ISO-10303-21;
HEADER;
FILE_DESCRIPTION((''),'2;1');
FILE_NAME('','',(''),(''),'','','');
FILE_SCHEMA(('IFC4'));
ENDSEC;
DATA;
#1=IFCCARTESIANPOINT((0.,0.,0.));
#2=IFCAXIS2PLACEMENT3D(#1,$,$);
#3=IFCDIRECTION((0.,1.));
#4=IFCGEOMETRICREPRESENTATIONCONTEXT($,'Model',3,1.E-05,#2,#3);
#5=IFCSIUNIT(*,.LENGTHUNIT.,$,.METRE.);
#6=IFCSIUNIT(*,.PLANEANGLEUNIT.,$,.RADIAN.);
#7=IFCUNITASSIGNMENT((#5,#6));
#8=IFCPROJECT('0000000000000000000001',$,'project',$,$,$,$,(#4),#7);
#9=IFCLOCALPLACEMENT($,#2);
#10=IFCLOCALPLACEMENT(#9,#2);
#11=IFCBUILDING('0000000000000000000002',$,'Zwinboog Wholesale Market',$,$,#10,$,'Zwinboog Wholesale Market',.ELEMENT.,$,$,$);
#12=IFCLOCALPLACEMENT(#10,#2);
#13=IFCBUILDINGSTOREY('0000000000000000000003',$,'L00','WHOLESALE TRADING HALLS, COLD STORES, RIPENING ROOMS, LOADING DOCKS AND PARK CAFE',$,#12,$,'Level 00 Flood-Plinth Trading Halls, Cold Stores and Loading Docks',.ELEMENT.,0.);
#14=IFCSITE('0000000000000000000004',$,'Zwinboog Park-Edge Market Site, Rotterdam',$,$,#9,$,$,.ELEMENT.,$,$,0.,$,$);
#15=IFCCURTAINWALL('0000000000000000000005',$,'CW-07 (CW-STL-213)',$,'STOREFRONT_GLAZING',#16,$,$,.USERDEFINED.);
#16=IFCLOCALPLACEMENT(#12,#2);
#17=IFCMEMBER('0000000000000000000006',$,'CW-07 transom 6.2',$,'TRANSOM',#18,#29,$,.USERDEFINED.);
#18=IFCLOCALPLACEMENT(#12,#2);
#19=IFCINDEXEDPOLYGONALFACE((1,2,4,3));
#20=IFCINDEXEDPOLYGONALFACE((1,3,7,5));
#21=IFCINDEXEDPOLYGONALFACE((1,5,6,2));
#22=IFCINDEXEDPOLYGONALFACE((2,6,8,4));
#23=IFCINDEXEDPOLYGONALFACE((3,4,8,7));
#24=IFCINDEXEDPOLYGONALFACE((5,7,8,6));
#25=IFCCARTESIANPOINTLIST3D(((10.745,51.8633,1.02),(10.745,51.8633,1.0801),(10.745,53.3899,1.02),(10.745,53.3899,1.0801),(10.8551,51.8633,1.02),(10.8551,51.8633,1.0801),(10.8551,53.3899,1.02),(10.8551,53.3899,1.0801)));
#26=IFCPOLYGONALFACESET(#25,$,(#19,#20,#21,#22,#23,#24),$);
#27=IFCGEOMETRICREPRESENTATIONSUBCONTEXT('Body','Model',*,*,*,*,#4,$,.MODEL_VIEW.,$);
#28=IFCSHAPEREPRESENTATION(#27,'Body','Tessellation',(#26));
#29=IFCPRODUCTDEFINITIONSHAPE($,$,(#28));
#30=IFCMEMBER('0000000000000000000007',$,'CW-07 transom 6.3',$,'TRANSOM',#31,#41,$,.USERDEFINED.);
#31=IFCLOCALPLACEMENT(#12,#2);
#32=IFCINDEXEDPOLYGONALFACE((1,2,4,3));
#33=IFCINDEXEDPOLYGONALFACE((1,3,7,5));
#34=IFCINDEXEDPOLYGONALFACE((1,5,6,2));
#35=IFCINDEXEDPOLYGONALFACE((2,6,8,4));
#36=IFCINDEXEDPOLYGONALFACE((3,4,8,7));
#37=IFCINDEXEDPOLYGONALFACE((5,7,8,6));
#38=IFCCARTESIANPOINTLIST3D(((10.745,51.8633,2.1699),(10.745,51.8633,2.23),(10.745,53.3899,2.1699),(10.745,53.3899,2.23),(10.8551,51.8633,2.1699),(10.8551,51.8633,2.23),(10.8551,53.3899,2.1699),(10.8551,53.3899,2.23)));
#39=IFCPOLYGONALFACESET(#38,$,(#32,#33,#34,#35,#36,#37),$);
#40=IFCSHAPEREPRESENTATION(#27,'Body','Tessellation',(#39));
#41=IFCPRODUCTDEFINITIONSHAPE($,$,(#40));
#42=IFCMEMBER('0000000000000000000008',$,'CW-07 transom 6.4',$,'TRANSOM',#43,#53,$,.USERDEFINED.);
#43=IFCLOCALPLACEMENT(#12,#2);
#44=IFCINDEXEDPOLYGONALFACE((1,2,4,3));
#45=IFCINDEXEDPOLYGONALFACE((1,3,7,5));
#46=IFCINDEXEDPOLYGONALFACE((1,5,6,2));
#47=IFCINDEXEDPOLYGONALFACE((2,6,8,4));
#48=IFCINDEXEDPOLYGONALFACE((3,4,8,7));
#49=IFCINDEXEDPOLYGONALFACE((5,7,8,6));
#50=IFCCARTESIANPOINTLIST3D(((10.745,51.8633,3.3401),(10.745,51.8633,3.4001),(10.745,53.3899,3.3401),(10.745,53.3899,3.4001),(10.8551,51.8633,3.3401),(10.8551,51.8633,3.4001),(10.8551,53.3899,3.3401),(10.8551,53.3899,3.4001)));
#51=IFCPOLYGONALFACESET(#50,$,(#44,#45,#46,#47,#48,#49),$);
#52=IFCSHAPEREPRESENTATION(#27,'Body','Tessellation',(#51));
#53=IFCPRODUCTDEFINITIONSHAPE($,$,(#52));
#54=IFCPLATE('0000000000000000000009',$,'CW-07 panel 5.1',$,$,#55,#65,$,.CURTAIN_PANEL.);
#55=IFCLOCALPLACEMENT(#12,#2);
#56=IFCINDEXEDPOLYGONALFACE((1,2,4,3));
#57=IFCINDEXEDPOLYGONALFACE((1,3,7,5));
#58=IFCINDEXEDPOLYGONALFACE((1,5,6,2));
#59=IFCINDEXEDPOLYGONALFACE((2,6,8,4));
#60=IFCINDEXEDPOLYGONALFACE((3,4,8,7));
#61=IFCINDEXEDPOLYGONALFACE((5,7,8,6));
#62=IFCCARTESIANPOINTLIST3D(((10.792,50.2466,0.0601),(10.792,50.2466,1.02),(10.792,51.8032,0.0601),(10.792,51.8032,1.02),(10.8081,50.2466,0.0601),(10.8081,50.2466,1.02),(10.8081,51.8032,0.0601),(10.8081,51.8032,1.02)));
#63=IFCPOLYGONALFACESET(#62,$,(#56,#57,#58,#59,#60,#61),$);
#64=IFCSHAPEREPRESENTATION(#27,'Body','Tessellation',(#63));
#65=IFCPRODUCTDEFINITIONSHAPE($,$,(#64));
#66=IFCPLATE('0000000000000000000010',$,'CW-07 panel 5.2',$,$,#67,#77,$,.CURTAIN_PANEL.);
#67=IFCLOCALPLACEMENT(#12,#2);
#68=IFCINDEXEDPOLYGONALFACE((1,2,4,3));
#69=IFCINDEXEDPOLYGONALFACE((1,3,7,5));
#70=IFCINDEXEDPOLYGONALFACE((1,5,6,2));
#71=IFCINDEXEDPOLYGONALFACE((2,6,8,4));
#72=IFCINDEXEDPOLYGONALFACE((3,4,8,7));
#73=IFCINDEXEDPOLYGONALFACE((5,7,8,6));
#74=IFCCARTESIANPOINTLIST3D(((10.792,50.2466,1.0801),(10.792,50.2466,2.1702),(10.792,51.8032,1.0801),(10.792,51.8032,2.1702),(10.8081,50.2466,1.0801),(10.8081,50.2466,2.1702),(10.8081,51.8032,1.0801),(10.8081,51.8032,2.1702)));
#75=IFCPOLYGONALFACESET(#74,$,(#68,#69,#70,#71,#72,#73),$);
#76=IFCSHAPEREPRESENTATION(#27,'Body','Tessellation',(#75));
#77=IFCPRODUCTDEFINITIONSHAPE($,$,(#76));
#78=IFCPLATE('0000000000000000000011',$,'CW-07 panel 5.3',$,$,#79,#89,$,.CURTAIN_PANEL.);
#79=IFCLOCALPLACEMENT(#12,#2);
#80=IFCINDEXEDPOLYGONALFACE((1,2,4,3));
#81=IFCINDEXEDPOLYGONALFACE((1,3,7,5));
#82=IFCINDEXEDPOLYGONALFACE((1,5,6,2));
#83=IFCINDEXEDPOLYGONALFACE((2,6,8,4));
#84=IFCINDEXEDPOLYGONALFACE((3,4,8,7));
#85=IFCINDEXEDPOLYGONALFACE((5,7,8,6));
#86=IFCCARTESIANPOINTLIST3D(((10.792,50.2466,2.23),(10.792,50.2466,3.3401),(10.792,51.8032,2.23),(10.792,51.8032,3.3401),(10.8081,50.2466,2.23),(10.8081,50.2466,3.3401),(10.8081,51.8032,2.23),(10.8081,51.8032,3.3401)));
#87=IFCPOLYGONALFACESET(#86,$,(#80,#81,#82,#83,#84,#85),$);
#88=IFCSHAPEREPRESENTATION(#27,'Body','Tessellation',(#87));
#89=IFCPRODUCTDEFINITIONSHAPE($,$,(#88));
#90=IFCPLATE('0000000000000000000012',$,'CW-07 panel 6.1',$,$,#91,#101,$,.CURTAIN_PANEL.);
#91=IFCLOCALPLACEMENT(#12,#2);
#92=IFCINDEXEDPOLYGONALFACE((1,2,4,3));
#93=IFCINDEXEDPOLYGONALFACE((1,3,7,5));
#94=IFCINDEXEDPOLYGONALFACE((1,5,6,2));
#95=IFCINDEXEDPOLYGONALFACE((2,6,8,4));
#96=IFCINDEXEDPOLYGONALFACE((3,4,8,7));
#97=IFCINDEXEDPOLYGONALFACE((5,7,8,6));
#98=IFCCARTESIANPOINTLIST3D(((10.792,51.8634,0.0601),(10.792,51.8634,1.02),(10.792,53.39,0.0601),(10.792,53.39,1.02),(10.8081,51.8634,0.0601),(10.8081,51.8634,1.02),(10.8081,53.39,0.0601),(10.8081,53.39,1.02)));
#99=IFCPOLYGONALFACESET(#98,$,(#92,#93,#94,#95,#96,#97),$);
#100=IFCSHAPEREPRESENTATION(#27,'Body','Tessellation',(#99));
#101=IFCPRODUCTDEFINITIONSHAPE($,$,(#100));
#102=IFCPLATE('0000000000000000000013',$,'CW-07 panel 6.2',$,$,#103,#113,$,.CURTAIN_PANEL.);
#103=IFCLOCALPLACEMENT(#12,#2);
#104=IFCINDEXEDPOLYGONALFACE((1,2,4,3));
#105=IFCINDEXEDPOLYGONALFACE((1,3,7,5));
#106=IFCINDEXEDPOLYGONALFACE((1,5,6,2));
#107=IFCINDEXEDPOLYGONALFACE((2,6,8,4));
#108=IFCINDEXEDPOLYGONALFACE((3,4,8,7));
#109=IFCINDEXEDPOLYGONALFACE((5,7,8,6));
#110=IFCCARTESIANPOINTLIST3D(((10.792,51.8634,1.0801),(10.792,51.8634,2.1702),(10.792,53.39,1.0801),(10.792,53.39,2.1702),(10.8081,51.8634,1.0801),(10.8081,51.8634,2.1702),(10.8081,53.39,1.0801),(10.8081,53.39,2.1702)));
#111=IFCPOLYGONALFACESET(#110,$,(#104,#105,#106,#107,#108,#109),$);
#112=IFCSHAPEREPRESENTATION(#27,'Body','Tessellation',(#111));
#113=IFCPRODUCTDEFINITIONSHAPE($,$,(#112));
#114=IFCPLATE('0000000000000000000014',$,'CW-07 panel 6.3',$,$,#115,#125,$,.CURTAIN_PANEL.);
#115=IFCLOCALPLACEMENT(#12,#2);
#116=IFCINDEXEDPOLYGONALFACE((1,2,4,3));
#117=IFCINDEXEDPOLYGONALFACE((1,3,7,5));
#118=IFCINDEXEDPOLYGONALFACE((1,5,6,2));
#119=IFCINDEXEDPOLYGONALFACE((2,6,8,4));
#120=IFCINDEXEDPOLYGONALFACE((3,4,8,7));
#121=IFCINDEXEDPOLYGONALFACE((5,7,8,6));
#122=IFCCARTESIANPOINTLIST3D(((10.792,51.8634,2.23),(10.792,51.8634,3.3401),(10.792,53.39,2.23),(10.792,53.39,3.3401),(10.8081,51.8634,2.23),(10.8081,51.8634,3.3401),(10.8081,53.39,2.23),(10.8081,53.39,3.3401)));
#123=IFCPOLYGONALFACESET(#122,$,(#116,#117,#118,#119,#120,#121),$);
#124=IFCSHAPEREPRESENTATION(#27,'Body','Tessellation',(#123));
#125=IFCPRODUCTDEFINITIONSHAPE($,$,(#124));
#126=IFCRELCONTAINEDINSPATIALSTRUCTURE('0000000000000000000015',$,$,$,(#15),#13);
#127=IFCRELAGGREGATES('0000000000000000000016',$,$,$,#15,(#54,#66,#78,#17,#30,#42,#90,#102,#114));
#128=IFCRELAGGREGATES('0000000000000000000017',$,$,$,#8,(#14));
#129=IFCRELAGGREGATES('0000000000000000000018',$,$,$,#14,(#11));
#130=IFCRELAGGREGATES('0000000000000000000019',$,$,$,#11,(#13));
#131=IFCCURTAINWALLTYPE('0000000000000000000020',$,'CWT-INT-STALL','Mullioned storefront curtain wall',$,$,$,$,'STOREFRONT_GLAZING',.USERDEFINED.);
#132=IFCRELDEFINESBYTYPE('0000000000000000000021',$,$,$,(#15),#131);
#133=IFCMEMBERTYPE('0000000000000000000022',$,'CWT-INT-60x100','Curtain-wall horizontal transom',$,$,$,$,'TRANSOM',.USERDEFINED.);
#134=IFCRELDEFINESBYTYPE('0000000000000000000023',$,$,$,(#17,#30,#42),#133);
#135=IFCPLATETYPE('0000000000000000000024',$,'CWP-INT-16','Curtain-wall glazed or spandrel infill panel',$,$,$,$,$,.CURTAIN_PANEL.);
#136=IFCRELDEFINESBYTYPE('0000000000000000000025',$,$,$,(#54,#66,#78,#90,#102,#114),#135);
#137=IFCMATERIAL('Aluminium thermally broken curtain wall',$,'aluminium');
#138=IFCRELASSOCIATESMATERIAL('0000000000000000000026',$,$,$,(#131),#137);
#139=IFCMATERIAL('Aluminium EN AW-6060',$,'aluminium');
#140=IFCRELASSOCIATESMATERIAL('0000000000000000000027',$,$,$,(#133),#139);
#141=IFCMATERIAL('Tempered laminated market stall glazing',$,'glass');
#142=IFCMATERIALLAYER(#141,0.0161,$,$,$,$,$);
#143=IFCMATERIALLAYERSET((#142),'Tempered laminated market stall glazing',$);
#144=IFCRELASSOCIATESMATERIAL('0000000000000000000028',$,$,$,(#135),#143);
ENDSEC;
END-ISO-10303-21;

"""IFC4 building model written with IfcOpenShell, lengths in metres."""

from ifc_helpers import new_model, si_unit, direction, frame, origin, origin_2d, place, context, subcontext, project, spatial, rectangle, extrude, material, layer, layer_set, material_profile, profile_set, type_object, element, aggregate, save


model = new_model("IFC4")

# Units and contexts
model_context = context("Model", 3, precision=1e-05, world=origin(), true_north=direction((0.0, 1.0)))
body_context = subcontext(model_context, "Body", "Model", "MODEL_VIEW")
ifc_project = project(units=[si_unit("LENGTHUNIT", "METRE"), si_unit("PLANEANGLEUNIT", "RADIAN")], contexts=[model_context])

# Site, building, storey
site_placement = place(None, origin())
site = spatial("IfcSite", under=ifc_project, at=site_placement, Name="Zwinboog Park-Edge Market Site, Rotterdam", CompositionType="ELEMENT", RefElevation=0.0)
building_placement = place(site_placement, origin())
building = spatial("IfcBuilding", under=site, at=building_placement, Name="Zwinboog Wholesale Market", LongName="Zwinboog Wholesale Market", CompositionType="ELEMENT")
storey_placement = place(building_placement, origin())
storey = spatial("IfcBuildingStorey", under=building, at=storey_placement, Name="L00", Description="WHOLESALE TRADING HALLS, COLD STORES, RIPENING ROOMS, LOADING DOCKS AND PARK CAFE", LongName="Level 00 Flood-Plinth Trading Halls, Cold Stores and Loading Docks", CompositionType="ELEMENT", Elevation=0.0)

# Curtain wall, members, plates
ifc_material_1 = material(Name="Aluminium thermally broken curtain wall", Category="aluminium")
curtain_wall_type = type_object("IfcCurtainWallType", Name="CWT-INT-STALL", Description="Mullioned storefront curtain wall", ElementType="STOREFRONT_GLAZING", PredefinedType="USERDEFINED", material=ifc_material_1)
curtain_wall_placement = place(storey_placement, origin())
curtain_wall = element("IfcCurtainWall", 1, at=curtain_wall_placement, inside=storey, type_object=curtain_wall_type, Name="CW-07 (CW-STL-213)", ObjectType="STOREFRONT_GLAZING", PredefinedType="USERDEFINED")
ifc_material_2 = material(Name="Aluminium EN AW-6060", Category="aluminium")
ifc_material_profile_1 = material_profile(ifc_material_2, rectangle(XDim=0.1101, YDim=0.0601, at=origin_2d()), Name="AL 60x110")
ifc_profile_set_1 = profile_set([ifc_material_profile_1], Name="Aluminium EN AW-6060")
member_type_1 = type_object("IfcMemberType", Name="CWT-INT-60x100", Description="Curtain-wall horizontal transom", ElementType="TRANSOM", PredefinedType="USERDEFINED", material=ifc_profile_set_1)
member_1_placement = place(storey_placement, frame((10.8, 51.8633, 1.05), z_axis=(0.0, 1.0, 0.0), x_axis=(-1.0, 0.0, 0.0)))
member_1 = element("IfcMember", 2, at=member_1_placement, type_object=member_type_1, Name="CW-07 transom 6.2", ObjectType="TRANSOM", PredefinedType="USERDEFINED", context=body_context, shape_type="SweptSolid", body=[
    extrude(rectangle(XDim=0.1101, YDim=0.0601, at=origin_2d()), origin(), (0.0, 0.0, 1.0), 1.5266),
])
member_2_placement = place(storey_placement, frame((10.8, 51.8633, 2.2), z_axis=(0.0, 1.0, 0.0), x_axis=(-1.0, 0.0, 0.0)))
member_2 = element("IfcMember", 3, at=member_2_placement, type_object=member_type_1, Name="CW-07 transom 6.3", ObjectType="TRANSOM", PredefinedType="USERDEFINED", context=body_context, shape_type="SweptSolid", body=[
    extrude(rectangle(XDim=0.1101, YDim=0.0601, at=origin_2d()), origin(), (0.0, 0.0, 1.0), 1.5266),
])
member_3_placement = place(storey_placement, frame((10.8, 51.8633, 3.3701), z_axis=(0.0, 1.0, 0.0), x_axis=(-1.0, 0.0, 0.0)))
member_3 = element("IfcMember", 4, at=member_3_placement, type_object=member_type_1, Name="CW-07 transom 6.4", ObjectType="TRANSOM", PredefinedType="USERDEFINED", context=body_context, shape_type="SweptSolid", body=[
    extrude(rectangle(XDim=0.1101, YDim=0.0601, at=origin_2d()), origin(), (0.0, 0.0, 1.0), 1.5266),
])
ifc_material_3 = material(Name="Tempered laminated market stall glazing", Category="glass")
ifc_layer = layer(ifc_material_3, 0.0161)
ifc_layer_set = layer_set([ifc_layer], Name="Tempered laminated market stall glazing")
plate_type = type_object("IfcPlateType", Name="CWP-INT-16", Description="Curtain-wall glazed or spandrel infill panel", PredefinedType="CURTAIN_PANEL", material=ifc_layer_set)
plate_1_placement = place(storey_placement, frame((10.8, 51.0249, 0.0601), z_axis=(0.0, 0.0, 1.0), x_axis=(0.0, 1.0, 0.0)))
plate_1 = element("IfcPlate", 5, at=plate_1_placement, type_object=plate_type, Name="CW-07 panel 5.1", PredefinedType="CURTAIN_PANEL", context=body_context, shape_type="SweptSolid", body=[
    extrude(rectangle(XDim=1.5566, YDim=0.0161, at=origin_2d()), origin(), (0.0, 0.0, 1.0), 0.96),
])
plate_2_placement = place(storey_placement, frame((10.8, 51.0249, 1.0801), z_axis=(0.0, 0.0, 1.0), x_axis=(0.0, 1.0, 0.0)))
plate_2 = element("IfcPlate", 6, at=plate_2_placement, type_object=plate_type, Name="CW-07 panel 5.2", PredefinedType="CURTAIN_PANEL", context=body_context, shape_type="SweptSolid", body=[
    extrude(rectangle(XDim=1.5566, YDim=0.0161, at=origin_2d()), origin(), (0.0, 0.0, 1.0), 1.0901),
])
plate_3_placement = place(storey_placement, frame((10.8, 51.0249, 2.23), z_axis=(0.0, 0.0, 1.0), x_axis=(0.0, 1.0, 0.0)))
plate_3 = element("IfcPlate", 7, at=plate_3_placement, type_object=plate_type, Name="CW-07 panel 5.3", PredefinedType="CURTAIN_PANEL", context=body_context, shape_type="SweptSolid", body=[
    extrude(rectangle(XDim=1.5566, YDim=0.0161, at=origin_2d()), origin(), (0.0, 0.0, 1.0), 1.1101),
])
plate_4_placement = place(storey_placement, frame((10.8, 52.6267, 0.0601), z_axis=(0.0, 0.0, 1.0), x_axis=(0.0, 1.0, 0.0)))
plate_4 = element("IfcPlate", 8, at=plate_4_placement, type_object=plate_type, Name="CW-07 panel 6.1", PredefinedType="CURTAIN_PANEL", context=body_context, shape_type="SweptSolid", body=[
    extrude(rectangle(XDim=1.5266, YDim=0.0161, at=origin_2d()), origin(), (0.0, 0.0, 1.0), 0.96),
])
plate_5_placement = place(storey_placement, frame((10.8, 52.6267, 1.0801), z_axis=(0.0, 0.0, 1.0), x_axis=(0.0, 1.0, 0.0)))
plate_5 = element("IfcPlate", 9, at=plate_5_placement, type_object=plate_type, Name="CW-07 panel 6.2", PredefinedType="CURTAIN_PANEL", context=body_context, shape_type="SweptSolid", body=[
    extrude(rectangle(XDim=1.5266, YDim=0.0161, at=origin_2d()), origin(), (0.0, 0.0, 1.0), 1.0901),
])
plate_6_placement = place(storey_placement, frame((10.8, 52.6267, 2.23), z_axis=(0.0, 0.0, 1.0), x_axis=(0.0, 1.0, 0.0)))
plate_6 = element("IfcPlate", 10, at=plate_6_placement, type_object=plate_type, Name="CW-07 panel 6.3", PredefinedType="CURTAIN_PANEL", context=body_context, shape_type="SweptSolid", body=[
    extrude(rectangle(XDim=1.5266, YDim=0.0161, at=origin_2d()), origin(), (0.0, 0.0, 1.0), 1.1101),
])
aggregate(curtain_wall, [plate_1, plate_2, plate_3, member_1, member_2, member_3, plate_4, plate_5, plate_6])

save(model, "model.ifc")
